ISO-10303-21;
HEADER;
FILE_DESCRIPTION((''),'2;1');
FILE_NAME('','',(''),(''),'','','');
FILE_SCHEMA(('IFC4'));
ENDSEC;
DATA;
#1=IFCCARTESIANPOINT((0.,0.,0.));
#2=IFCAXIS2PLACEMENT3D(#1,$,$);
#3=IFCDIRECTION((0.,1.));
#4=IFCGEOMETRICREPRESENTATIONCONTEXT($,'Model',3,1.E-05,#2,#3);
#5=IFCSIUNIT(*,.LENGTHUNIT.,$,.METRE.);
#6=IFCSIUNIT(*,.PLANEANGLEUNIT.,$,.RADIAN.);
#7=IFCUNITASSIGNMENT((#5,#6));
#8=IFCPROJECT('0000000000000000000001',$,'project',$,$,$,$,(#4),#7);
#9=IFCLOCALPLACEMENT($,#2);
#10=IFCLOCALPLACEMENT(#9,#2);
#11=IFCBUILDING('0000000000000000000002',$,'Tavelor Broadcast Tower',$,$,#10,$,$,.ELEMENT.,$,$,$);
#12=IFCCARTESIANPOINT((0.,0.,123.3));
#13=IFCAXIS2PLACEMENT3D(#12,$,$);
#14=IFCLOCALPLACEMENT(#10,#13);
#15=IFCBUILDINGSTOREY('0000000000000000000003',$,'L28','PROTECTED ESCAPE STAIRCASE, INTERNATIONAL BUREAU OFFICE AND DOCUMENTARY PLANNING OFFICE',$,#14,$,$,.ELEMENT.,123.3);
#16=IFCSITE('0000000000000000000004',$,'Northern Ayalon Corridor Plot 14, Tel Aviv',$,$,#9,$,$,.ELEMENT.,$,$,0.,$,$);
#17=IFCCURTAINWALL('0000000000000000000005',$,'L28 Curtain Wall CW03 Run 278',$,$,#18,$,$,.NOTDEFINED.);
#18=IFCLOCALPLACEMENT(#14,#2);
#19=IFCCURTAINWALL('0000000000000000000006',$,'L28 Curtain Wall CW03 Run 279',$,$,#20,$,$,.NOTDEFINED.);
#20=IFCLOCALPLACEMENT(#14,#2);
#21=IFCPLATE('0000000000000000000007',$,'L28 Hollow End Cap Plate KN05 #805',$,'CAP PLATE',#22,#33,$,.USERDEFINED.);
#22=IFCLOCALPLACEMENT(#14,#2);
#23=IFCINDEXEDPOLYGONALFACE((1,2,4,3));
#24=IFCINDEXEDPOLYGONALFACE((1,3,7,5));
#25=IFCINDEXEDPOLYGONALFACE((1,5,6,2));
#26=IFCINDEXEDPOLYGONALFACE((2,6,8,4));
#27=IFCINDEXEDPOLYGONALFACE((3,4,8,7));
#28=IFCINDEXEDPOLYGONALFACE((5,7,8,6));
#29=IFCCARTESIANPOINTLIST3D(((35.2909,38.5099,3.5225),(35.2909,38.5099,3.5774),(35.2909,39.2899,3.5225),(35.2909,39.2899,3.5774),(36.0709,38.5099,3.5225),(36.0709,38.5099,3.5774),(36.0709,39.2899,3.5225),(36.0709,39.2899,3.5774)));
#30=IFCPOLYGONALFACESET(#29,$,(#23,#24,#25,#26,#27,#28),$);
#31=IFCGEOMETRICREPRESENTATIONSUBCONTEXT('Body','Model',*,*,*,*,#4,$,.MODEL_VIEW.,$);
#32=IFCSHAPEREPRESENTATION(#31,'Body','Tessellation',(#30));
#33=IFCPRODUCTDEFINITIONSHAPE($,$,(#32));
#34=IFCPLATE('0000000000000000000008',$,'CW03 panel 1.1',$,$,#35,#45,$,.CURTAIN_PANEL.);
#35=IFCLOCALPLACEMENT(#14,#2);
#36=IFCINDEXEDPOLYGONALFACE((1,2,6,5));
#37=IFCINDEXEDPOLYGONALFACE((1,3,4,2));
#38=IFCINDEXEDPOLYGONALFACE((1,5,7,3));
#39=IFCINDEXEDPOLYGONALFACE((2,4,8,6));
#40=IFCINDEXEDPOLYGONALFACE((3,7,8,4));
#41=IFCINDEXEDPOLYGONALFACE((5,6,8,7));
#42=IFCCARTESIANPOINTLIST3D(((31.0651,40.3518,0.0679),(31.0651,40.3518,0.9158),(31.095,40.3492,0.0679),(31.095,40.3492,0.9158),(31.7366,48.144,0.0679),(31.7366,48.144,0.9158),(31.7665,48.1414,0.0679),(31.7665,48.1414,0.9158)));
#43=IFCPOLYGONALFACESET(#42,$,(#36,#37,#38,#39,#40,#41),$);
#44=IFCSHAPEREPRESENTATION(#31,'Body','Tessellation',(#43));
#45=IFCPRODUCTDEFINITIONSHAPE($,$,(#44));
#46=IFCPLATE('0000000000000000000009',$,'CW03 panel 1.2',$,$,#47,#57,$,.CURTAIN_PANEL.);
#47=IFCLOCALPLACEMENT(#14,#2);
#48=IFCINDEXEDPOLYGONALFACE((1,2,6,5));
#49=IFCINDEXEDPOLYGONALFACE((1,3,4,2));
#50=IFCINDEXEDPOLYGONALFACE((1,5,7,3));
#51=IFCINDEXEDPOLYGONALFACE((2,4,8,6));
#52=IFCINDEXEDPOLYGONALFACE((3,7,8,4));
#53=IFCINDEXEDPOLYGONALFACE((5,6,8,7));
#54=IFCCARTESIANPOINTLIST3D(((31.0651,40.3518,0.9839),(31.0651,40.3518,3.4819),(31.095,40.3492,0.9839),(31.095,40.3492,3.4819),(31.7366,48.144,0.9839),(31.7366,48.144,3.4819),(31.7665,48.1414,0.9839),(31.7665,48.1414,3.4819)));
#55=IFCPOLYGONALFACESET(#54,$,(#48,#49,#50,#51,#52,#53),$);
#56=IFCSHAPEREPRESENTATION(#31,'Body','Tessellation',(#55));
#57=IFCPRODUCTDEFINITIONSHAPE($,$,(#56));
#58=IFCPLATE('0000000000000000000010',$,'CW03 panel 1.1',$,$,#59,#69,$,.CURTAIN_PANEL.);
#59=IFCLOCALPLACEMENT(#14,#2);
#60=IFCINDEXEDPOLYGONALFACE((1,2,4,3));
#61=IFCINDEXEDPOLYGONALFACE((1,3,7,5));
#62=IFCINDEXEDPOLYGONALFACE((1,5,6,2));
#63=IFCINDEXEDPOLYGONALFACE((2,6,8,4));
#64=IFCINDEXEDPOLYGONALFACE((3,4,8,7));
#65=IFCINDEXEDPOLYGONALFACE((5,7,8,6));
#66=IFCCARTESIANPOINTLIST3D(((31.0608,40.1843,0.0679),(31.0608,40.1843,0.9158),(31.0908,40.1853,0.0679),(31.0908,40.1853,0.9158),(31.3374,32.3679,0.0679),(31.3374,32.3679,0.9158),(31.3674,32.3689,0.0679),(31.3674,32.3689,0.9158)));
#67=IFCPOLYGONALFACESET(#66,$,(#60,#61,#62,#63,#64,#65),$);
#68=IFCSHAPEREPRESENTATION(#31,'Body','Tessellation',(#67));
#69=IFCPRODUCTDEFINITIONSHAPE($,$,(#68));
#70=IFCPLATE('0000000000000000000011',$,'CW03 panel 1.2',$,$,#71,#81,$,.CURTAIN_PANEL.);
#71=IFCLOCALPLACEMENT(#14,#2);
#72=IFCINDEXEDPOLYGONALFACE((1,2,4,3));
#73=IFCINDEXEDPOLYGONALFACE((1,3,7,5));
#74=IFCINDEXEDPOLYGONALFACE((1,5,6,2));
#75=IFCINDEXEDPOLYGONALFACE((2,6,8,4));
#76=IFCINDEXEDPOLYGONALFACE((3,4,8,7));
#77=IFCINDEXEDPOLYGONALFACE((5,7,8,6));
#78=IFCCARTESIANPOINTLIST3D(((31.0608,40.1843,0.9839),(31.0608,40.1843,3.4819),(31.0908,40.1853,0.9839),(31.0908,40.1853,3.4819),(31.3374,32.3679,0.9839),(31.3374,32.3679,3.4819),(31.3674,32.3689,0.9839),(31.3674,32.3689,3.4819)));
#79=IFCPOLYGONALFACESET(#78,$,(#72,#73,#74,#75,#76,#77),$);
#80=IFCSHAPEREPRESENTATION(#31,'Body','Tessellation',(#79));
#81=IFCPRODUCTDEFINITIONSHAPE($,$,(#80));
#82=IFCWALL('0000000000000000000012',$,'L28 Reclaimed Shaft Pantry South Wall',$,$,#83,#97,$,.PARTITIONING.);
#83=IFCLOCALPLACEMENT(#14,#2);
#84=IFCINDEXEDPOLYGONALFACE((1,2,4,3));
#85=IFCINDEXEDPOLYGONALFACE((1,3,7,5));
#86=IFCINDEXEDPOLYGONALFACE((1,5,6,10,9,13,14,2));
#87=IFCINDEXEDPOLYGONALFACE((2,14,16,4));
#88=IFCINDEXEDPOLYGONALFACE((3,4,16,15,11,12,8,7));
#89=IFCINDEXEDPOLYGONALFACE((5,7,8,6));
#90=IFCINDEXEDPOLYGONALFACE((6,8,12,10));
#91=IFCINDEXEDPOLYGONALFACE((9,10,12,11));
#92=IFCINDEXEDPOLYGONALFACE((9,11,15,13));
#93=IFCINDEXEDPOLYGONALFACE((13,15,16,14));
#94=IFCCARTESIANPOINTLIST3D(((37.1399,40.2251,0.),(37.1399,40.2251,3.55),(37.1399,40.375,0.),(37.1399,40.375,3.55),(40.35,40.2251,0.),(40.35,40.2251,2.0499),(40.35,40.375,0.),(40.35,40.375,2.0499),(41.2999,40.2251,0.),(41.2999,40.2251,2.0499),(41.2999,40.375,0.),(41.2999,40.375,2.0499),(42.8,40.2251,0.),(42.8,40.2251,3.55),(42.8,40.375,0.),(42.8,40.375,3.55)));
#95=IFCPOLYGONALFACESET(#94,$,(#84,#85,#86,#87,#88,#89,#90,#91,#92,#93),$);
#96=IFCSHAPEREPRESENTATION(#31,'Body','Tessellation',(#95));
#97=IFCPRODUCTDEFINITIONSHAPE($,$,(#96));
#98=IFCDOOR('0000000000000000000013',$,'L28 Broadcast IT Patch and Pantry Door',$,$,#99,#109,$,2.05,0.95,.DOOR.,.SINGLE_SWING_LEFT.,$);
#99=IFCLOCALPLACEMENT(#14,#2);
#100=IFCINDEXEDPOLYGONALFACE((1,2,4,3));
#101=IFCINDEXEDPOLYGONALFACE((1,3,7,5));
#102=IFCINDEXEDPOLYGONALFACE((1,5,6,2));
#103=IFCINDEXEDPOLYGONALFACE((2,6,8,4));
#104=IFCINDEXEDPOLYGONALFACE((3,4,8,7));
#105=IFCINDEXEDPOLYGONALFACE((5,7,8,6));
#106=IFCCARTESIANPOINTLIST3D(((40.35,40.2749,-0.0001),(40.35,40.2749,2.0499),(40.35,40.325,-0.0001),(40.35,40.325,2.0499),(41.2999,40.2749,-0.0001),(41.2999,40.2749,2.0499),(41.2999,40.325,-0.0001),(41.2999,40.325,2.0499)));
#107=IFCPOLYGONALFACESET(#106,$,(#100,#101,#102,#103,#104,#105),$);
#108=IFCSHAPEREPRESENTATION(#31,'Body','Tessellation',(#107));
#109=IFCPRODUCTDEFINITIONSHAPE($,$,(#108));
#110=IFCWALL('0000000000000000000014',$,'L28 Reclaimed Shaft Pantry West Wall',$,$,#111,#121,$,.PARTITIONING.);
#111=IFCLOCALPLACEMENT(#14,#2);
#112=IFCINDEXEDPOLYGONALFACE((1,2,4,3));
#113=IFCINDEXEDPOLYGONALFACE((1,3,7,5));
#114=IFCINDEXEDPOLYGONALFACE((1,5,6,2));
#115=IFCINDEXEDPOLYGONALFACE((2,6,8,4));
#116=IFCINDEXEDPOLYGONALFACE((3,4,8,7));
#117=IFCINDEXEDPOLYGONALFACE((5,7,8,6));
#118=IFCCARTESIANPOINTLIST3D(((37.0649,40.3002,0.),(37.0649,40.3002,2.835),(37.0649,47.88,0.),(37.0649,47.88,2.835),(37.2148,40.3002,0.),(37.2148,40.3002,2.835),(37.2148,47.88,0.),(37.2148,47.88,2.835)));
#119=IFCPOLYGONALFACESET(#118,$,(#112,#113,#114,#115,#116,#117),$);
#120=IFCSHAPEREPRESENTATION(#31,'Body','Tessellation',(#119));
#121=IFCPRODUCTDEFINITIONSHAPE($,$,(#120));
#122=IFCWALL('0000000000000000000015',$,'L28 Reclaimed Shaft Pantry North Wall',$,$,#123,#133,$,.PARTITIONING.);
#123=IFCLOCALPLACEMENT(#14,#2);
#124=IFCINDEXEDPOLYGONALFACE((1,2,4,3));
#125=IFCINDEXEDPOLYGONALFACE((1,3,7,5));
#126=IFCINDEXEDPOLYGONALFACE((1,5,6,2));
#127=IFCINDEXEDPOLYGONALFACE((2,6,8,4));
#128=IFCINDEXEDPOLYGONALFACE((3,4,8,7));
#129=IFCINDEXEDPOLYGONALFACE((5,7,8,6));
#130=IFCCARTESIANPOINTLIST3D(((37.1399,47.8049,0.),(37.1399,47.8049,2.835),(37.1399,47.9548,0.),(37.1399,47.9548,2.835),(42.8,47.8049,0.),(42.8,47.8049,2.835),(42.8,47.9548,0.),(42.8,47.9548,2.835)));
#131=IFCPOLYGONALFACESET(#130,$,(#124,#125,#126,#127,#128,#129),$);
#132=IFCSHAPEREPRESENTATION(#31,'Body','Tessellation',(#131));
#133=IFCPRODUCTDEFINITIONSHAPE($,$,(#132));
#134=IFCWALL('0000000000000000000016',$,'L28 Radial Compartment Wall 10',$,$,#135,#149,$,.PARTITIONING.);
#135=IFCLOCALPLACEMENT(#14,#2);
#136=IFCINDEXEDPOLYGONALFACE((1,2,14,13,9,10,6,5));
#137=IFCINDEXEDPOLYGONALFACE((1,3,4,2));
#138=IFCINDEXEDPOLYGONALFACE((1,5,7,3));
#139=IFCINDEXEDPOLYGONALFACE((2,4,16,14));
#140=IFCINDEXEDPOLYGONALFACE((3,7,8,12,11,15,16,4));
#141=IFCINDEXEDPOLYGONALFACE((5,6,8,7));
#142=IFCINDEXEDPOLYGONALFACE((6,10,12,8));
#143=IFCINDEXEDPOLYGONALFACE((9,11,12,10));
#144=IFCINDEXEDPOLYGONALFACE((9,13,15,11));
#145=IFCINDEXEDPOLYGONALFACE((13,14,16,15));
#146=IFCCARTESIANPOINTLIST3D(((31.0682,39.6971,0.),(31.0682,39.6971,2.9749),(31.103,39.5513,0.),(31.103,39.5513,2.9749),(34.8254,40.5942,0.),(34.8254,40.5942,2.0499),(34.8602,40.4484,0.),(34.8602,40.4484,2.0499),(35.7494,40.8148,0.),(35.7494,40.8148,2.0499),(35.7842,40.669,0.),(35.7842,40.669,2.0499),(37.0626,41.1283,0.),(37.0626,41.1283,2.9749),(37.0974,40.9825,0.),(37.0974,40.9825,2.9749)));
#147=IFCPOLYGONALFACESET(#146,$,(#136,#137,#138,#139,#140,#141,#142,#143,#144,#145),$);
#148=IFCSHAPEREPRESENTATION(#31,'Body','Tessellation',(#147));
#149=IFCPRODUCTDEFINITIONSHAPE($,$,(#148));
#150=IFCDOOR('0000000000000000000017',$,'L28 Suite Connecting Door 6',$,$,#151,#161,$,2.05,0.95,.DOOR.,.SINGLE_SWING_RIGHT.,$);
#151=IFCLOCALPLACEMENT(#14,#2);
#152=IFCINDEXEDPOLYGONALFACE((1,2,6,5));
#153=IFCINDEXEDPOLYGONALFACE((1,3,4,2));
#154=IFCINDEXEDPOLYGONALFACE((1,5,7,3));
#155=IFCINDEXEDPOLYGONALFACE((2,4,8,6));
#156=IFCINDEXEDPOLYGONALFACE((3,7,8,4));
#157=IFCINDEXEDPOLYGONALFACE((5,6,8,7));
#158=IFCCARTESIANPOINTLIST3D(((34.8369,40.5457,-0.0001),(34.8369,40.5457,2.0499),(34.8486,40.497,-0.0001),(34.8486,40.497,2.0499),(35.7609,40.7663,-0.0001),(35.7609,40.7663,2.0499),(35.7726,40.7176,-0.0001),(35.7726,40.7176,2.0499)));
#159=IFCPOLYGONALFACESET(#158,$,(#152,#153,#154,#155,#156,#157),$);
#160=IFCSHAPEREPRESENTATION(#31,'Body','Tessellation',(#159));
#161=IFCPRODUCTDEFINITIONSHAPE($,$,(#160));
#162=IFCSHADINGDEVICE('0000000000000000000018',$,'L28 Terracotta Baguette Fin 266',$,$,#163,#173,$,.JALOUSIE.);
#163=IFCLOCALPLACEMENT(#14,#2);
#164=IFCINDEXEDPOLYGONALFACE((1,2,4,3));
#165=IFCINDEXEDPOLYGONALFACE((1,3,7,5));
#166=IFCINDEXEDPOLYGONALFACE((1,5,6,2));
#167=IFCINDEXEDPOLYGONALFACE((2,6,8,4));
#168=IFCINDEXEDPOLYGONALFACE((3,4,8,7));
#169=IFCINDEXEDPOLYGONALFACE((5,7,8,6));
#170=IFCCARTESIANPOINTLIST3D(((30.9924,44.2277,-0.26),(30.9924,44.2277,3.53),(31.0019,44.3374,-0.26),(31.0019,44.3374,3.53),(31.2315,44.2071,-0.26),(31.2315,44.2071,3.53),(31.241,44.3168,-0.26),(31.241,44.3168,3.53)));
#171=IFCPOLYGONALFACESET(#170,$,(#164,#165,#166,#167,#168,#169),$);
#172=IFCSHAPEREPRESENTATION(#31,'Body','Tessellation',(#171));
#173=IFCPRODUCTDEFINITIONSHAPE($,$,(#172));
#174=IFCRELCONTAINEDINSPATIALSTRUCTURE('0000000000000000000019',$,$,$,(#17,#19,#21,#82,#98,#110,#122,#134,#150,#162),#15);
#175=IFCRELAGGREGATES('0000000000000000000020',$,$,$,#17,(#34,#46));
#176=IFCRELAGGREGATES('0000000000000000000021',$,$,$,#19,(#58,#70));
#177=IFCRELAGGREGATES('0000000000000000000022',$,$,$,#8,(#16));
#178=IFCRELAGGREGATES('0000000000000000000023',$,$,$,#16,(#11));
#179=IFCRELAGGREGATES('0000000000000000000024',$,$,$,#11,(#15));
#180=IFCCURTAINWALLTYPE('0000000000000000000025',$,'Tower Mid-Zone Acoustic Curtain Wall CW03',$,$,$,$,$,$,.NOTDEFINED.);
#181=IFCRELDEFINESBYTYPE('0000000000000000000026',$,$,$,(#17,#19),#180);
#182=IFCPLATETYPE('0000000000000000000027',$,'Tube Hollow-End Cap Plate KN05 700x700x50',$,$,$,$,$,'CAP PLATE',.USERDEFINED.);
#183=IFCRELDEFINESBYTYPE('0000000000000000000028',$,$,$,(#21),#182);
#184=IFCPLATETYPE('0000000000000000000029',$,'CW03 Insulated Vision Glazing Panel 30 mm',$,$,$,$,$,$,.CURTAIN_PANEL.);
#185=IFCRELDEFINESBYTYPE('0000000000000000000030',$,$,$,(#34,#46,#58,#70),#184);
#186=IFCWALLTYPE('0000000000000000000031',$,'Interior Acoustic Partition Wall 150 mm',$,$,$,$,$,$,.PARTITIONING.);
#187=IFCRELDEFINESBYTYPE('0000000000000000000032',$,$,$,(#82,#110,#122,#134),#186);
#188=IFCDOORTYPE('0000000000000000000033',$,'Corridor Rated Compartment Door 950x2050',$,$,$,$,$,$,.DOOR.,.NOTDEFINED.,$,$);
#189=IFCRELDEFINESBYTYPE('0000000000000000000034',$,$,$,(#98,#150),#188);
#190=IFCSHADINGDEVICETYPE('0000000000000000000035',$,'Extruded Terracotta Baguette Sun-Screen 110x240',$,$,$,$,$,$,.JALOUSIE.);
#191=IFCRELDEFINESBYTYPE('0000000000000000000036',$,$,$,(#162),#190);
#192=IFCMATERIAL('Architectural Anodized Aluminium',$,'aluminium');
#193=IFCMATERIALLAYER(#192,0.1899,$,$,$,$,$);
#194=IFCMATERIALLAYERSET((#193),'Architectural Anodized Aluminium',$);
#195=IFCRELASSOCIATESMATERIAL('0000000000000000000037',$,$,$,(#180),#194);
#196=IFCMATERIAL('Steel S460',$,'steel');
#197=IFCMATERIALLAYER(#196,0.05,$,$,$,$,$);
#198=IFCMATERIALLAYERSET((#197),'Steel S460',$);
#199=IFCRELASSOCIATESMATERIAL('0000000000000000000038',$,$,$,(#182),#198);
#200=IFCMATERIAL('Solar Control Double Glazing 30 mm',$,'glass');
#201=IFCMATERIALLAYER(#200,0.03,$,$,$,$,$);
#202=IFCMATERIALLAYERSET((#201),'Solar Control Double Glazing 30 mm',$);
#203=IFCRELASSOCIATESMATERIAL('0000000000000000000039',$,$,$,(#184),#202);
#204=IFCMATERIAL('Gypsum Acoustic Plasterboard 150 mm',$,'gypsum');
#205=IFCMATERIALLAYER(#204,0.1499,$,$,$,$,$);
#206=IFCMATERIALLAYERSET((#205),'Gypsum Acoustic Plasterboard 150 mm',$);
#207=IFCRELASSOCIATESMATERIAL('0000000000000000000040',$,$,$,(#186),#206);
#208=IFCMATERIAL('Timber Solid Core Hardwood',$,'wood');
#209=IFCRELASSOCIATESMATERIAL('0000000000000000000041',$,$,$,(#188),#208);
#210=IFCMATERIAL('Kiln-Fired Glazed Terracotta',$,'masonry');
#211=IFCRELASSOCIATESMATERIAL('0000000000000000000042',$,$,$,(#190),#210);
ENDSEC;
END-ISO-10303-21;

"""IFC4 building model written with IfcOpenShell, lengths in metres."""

from ifc_helpers import new_model, si_unit, direction, frame, frame_2d, origin, origin_2d, place, context, subcontext, project, spatial, rectangle, extrude, source, transform, mapped, material, layer, layer_set, type_object, type_shapes, element, fill, aggregate, save


model = new_model("IFC4")

# Units and contexts
model_context = context("Model", 3, precision=1e-05, world=origin(), true_north=direction((0.0, 1.0)))
body_context = subcontext(model_context, "Body", "Model", "MODEL_VIEW")
ifc_project = project(units=[si_unit("LENGTHUNIT", "METRE"), si_unit("PLANEANGLEUNIT", "RADIAN")], contexts=[model_context])

# Site, building, storey
site_placement = place(None, origin())
site = spatial("IfcSite", under=ifc_project, at=site_placement, Name="Northern Ayalon Corridor Plot 14, Tel Aviv", CompositionType="ELEMENT", RefElevation=0.0)
building_placement = place(site_placement, origin())
building = spatial("IfcBuilding", under=site, at=building_placement, Name="Tavelor Broadcast Tower", CompositionType="ELEMENT")
storey_placement = place(building_placement, frame((0.0, 0.0, 123.3)))
storey = spatial("IfcBuildingStorey", under=building, at=storey_placement, Name="L28", Description="PROTECTED ESCAPE STAIRCASE, INTERNATIONAL BUREAU OFFICE AND DOCUMENTARY PLANNING OFFICE", CompositionType="ELEMENT", Elevation=123.3)

# Shared definitions
ifc_material_1 = material(Name="Steel S460", Category="steel")

# Curtain wall
ifc_material_2 = material(Name="Architectural Anodized Aluminium", Category="aluminium")
ifc_layer_1 = layer(ifc_material_2, 0.1899)
ifc_layer_set_1 = layer_set([ifc_layer_1], Name="Architectural Anodized Aluminium")
curtain_wall_type = type_object("IfcCurtainWallType", Name="Tower Mid-Zone Acoustic Curtain Wall CW03", PredefinedType="NOTDEFINED", material=ifc_layer_set_1)
curtain_wall_1_placement = place(storey_placement, origin())
curtain_wall_1 = element("IfcCurtainWall", 1, at=curtain_wall_1_placement, inside=storey, type_object=curtain_wall_type, Name="L28 Curtain Wall CW03 Run 278", PredefinedType="NOTDEFINED")

# Curtain wall
curtain_wall_2_placement = place(storey_placement, origin())
curtain_wall_2 = element("IfcCurtainWall", 2, at=curtain_wall_2_placement, inside=storey, type_object=curtain_wall_type, Name="L28 Curtain Wall CW03 Run 279", PredefinedType="NOTDEFINED")

# Plate
ifc_layer_2 = layer(ifc_material_1, 0.05)
ifc_layer_set_2 = layer_set([ifc_layer_2], Name="Steel S460")
plate_type_1 = type_object("IfcPlateType", Name="Tube Hollow-End Cap Plate KN05 700x700x50", ElementType="CAP PLATE", PredefinedType="USERDEFINED", material=ifc_layer_set_2)
shared_shape_1 = source(origin(), body_context, "Body", "SweptSolid", [
    extrude(rectangle(XDim=0.78, YDim=0.78, at=origin_2d()), origin(), (0.0, 0.0, 1.0), 0.0549),
])
type_shapes(plate_type_1, [shared_shape_1])
for number, where, z_axis, x_axis, name in (
    (3, (35.6809, 38.8999, 3.5225), (0.0, 0.0, 1.0), (1.0, 0.0, 0.0), "L28 Hollow End Cap Plate KN05 #805"),
):
    element("IfcPlate", number, at=place(storey_placement, frame(where, z_axis=z_axis, x_axis=x_axis)), inside=storey, type_object=plate_type_1, Name=name, ObjectType="CAP PLATE", PredefinedType="USERDEFINED", context=body_context, shape_type="MappedRepresentation", body=[
        mapped(shared_shape_1, transform((0.0, 0.0, 0.0), scale=1.0)),
    ])

# Plates
ifc_material_3 = material(Name="Solar Control Double Glazing 30 mm", Category="glass")
ifc_layer_3 = layer(ifc_material_3, 0.03)
ifc_layer_set_3 = layer_set([ifc_layer_3], Name="Solar Control Double Glazing 30 mm")
plate_type_2 = type_object("IfcPlateType", Name="CW03 Insulated Vision Glazing Panel 30 mm", PredefinedType="CURTAIN_PANEL", material=ifc_layer_set_3)
shared_shape_2 = source(origin(), body_context, "Body", "SweptSolid", [
    extrude(rectangle(XDim=7.821, YDim=0.03, at=origin_2d()), origin(), (0.0, 0.0, 1.0), 0.8479),
])
plate_1_placement = place(storey_placement, frame((31.4158, 44.2466, 0.0679), z_axis=(0.0, 0.0, 1.0), x_axis=(-0.085861, -0.996307, 0.0)))
plate_1 = element("IfcPlate", 4, at=plate_1_placement, type_object=plate_type_2, Name="CW03 panel 1.1", PredefinedType="CURTAIN_PANEL", context=body_context, shape_type="MappedRepresentation", body=[
    mapped(shared_shape_2, transform((0.0, 0.0, 0.0), scale=1.0)),
])
shared_shape_3 = source(origin(), body_context, "Body", "SweptSolid", [
    extrude(rectangle(XDim=7.821, YDim=0.03, at=origin_2d()), origin(), (0.0, 0.0, 1.0), 2.498),
])
plate_2_placement = place(storey_placement, frame((31.4158, 44.2466, 0.9839), z_axis=(0.0, 0.0, 1.0), x_axis=(-0.085861, -0.996307, 0.0)))
plate_2 = element("IfcPlate", 5, at=plate_2_placement, type_object=plate_type_2, Name="CW03 panel 1.2", PredefinedType="CURTAIN_PANEL", context=body_context, shape_type="MappedRepresentation", body=[
    mapped(shared_shape_3, transform((0.0, 0.0, 0.0), scale=1.0)),
])
aggregate(curtain_wall_1, [plate_1, plate_2])
shared_shape_4 = source(origin(), body_context, "Body", "SweptSolid", [
    extrude(rectangle(XDim=7.8213, YDim=0.03, at=origin_2d()), origin(), (0.0, 0.0, 1.0), 0.8479),
])
plate_3_placement = place(storey_placement, frame((31.2141, 36.2766, 0.0679), z_axis=(0.0, 0.0, 1.0), x_axis=(0.035364, -0.999374, 0.0)))
plate_3 = element("IfcPlate", 6, at=plate_3_placement, type_object=plate_type_2, Name="CW03 panel 1.1", PredefinedType="CURTAIN_PANEL", context=body_context, shape_type="MappedRepresentation", body=[
    mapped(shared_shape_4, transform((0.0, 0.0, 0.0), scale=1.0)),
])
shared_shape_5 = source(origin(), body_context, "Body", "SweptSolid", [
    extrude(rectangle(XDim=7.8213, YDim=0.03, at=origin_2d()), origin(), (0.0, 0.0, 1.0), 2.498),
])
type_shapes(plate_type_2, [shared_shape_2, shared_shape_3, shared_shape_4, shared_shape_5])
plate_4_placement = place(storey_placement, frame((31.2141, 36.2766, 0.9839), z_axis=(0.0, 0.0, 1.0), x_axis=(0.035364, -0.999374, 0.0)))
plate_4 = element("IfcPlate", 7, at=plate_4_placement, type_object=plate_type_2, Name="CW03 panel 1.2", PredefinedType="CURTAIN_PANEL", context=body_context, shape_type="MappedRepresentation", body=[
    mapped(shared_shape_5, transform((0.0, 0.0, 0.0), scale=1.0)),
])
aggregate(curtain_wall_2, [plate_3, plate_4])

# Wall, opening, door
ifc_material_4 = material(Name="Gypsum Acoustic Plasterboard 150 mm", Category="gypsum")
ifc_layer_4 = layer(ifc_material_4, 0.1499)
ifc_layer_set_4 = layer_set([ifc_layer_4], Name="Gypsum Acoustic Plasterboard 150 mm")
wall_type = type_object("IfcWallType", Name="Interior Acoustic Partition Wall 150 mm", PredefinedType="PARTITIONING", material=ifc_layer_set_4)
wall_1_placement = place(storey_placement, frame((37.1399, 40.3, 0.0), z_axis=(0.0, 0.0, 1.0), x_axis=(1.0, 0.0, 0.0)))
wall_1 = element("IfcWall", 8, at=wall_1_placement, inside=storey, type_object=wall_type, Name="L28 Reclaimed Shaft Pantry South Wall", PredefinedType="PARTITIONING", context=body_context, shape_type="SweptSolid", body=[
    extrude(rectangle(XDim=5.6602, YDim=0.1499, at=frame_2d((2.8301, 0.0))), origin(), (0.0, 0.0, 1.0), 3.55),
])
opening_1_placement = place(wall_1_placement, frame((3.21, 0.0, 0.0)))
opening_1 = element("IfcOpeningElement", 9, at=opening_1_placement, cuts=wall_1, PredefinedType="OPENING", context=body_context, shape_type="SweptSolid", body=[
    extrude(rectangle(XDim=0.95, YDim=2.05, at=frame_2d((0.4751, 1.0249))), frame((0.0, 0.085, 0.0), z_axis=(0.0, -1.0, 0.0), x_axis=(1.0, 0.0, 0.0)), (0.0, 0.0, 1.0), 0.1699),
])
ifc_material_5 = material(Name="Timber Solid Core Hardwood", Category="wood")
door_type = type_object("IfcDoorType", Name="Corridor Rated Compartment Door 950x2050", OperationType="NOTDEFINED", PredefinedType="DOOR", material=ifc_material_5)
door_1_placement = place(opening_1_placement, origin())
door_1 = element("IfcDoor", 10, at=door_1_placement, inside=storey, type_object=door_type, Name="L28 Broadcast IT Patch and Pantry Door", OperationType="SINGLE_SWING_LEFT", OverallHeight=2.05, OverallWidth=0.95, PredefinedType="DOOR", context=body_context, shape_type="SweptSolid", body=[
    extrude(rectangle(XDim=0.95, YDim=2.05, at=frame_2d((0.4751, 1.0249))), frame((0.0, 0.0249, 0.0), z_axis=(0.0, -1.0, 0.0), x_axis=(1.0, 0.0, 0.0)), (0.0, 0.0, 1.0), 0.05),
])
fill(opening_1, door_1)

# Walls
wall_2_placement = place(storey_placement, frame((37.1399, 40.3, 0.0), z_axis=(0.0, 0.0, 1.0), x_axis=(0.0, 1.0, 0.0)))
element("IfcWall", 11, at=wall_2_placement, inside=storey, type_object=wall_type, Name="L28 Reclaimed Shaft Pantry West Wall", PredefinedType="PARTITIONING", context=body_context, shape_type="SweptSolid", body=[
    extrude(rectangle(XDim=7.5798, YDim=0.1499, at=frame_2d((3.79, 0.0))), origin(), (0.0, 0.0, 1.0), 2.835),
])
wall_3_placement = place(storey_placement, frame((37.1399, 47.8799, 0.0), z_axis=(0.0, 0.0, 1.0), x_axis=(1.0, 0.0, 0.0)))
element("IfcWall", 12, at=wall_3_placement, inside=storey, type_object=wall_type, Name="L28 Reclaimed Shaft Pantry North Wall", PredefinedType="PARTITIONING", context=body_context, shape_type="SweptSolid", body=[
    extrude(rectangle(XDim=5.6602, YDim=0.1499, at=frame_2d((2.8301, 0.0))), origin(), (0.0, 0.0, 1.0), 2.835),
])

# Wall, opening, door
wall_4_placement = place(storey_placement, frame((37.0801, 41.0554, 0.0), z_axis=(0.0, 0.0, 1.0), x_axis=(-0.972663, -0.232222, 0.0)))
wall_4 = element("IfcWall", 13, at=wall_4_placement, inside=storey, type_object=wall_type, Name="L28 Radial Compartment Wall 10", PredefinedType="PARTITIONING", context=body_context, shape_type="SweptSolid", body=[
    extrude(rectangle(XDim=6.1628, YDim=0.1499, at=frame_2d((3.0815, 0.0))), origin(), (0.0, 0.0, 1.0), 2.9749),
])
opening_2_placement = place(wall_4_placement, frame((1.3501, 0.0, 0.0)))
opening_2 = element("IfcOpeningElement", 14, at=opening_2_placement, cuts=wall_4, PredefinedType="OPENING", context=body_context, shape_type="SweptSolid", body=[
    extrude(rectangle(XDim=0.95, YDim=2.05, at=frame_2d((0.4751, 1.0249))), frame((0.0, 0.085, 0.0), z_axis=(0.0, -1.0, 0.0), x_axis=(1.0, 0.0, 0.0)), (0.0, 0.0, 1.0), 0.1699),
])
door_2_placement = place(opening_2_placement, origin())
door_2 = element("IfcDoor", 15, at=door_2_placement, inside=storey, type_object=door_type, Name="L28 Suite Connecting Door 6", OperationType="SINGLE_SWING_RIGHT", OverallHeight=2.05, OverallWidth=0.95, PredefinedType="DOOR", context=body_context, shape_type="SweptSolid", body=[
    extrude(rectangle(XDim=0.95, YDim=2.05, at=frame_2d((0.4751, 1.0249))), frame((0.0, 0.0249, 0.0), z_axis=(0.0, -1.0, 0.0), x_axis=(1.0, 0.0, 0.0)), (0.0, 0.0, 1.0), 0.05),
])
fill(opening_2, door_2)

# Shading device
ifc_material_6 = material(Name="Kiln-Fired Glazed Terracotta", Category="masonry")
shading_device_type = type_object("IfcShadingDeviceType", Name="Extruded Terracotta Baguette Sun-Screen 110x240", PredefinedType="JALOUSIE", material=ifc_material_6)
shared_shape_6 = source(origin(), body_context, "Body", "SweptSolid", [
    extrude(rectangle(XDim=0.1101, YDim=0.24, at=origin_2d()), origin(), (0.0, 0.0, 1.0), 3.79),
])
type_shapes(shading_device_type, [shared_shape_6])
for number, where, z_axis, x_axis, name in (
    (16, (31.1167, 44.2722, -0.26), (0.0, 0.0, 1.0), (-0.085939, -0.9963, 0.0), "L28 Terracotta Baguette Fin 266"),
):
    element("IfcShadingDevice", number, at=place(storey_placement, frame(where, z_axis=z_axis, x_axis=x_axis)), inside=storey, type_object=shading_device_type, Name=name, PredefinedType="JALOUSIE", context=body_context, shape_type="MappedRepresentation", body=[
        mapped(shared_shape_6, transform((0.0, 0.0, 0.0), scale=1.0)),
    ])

save(model, "model.ifc")
